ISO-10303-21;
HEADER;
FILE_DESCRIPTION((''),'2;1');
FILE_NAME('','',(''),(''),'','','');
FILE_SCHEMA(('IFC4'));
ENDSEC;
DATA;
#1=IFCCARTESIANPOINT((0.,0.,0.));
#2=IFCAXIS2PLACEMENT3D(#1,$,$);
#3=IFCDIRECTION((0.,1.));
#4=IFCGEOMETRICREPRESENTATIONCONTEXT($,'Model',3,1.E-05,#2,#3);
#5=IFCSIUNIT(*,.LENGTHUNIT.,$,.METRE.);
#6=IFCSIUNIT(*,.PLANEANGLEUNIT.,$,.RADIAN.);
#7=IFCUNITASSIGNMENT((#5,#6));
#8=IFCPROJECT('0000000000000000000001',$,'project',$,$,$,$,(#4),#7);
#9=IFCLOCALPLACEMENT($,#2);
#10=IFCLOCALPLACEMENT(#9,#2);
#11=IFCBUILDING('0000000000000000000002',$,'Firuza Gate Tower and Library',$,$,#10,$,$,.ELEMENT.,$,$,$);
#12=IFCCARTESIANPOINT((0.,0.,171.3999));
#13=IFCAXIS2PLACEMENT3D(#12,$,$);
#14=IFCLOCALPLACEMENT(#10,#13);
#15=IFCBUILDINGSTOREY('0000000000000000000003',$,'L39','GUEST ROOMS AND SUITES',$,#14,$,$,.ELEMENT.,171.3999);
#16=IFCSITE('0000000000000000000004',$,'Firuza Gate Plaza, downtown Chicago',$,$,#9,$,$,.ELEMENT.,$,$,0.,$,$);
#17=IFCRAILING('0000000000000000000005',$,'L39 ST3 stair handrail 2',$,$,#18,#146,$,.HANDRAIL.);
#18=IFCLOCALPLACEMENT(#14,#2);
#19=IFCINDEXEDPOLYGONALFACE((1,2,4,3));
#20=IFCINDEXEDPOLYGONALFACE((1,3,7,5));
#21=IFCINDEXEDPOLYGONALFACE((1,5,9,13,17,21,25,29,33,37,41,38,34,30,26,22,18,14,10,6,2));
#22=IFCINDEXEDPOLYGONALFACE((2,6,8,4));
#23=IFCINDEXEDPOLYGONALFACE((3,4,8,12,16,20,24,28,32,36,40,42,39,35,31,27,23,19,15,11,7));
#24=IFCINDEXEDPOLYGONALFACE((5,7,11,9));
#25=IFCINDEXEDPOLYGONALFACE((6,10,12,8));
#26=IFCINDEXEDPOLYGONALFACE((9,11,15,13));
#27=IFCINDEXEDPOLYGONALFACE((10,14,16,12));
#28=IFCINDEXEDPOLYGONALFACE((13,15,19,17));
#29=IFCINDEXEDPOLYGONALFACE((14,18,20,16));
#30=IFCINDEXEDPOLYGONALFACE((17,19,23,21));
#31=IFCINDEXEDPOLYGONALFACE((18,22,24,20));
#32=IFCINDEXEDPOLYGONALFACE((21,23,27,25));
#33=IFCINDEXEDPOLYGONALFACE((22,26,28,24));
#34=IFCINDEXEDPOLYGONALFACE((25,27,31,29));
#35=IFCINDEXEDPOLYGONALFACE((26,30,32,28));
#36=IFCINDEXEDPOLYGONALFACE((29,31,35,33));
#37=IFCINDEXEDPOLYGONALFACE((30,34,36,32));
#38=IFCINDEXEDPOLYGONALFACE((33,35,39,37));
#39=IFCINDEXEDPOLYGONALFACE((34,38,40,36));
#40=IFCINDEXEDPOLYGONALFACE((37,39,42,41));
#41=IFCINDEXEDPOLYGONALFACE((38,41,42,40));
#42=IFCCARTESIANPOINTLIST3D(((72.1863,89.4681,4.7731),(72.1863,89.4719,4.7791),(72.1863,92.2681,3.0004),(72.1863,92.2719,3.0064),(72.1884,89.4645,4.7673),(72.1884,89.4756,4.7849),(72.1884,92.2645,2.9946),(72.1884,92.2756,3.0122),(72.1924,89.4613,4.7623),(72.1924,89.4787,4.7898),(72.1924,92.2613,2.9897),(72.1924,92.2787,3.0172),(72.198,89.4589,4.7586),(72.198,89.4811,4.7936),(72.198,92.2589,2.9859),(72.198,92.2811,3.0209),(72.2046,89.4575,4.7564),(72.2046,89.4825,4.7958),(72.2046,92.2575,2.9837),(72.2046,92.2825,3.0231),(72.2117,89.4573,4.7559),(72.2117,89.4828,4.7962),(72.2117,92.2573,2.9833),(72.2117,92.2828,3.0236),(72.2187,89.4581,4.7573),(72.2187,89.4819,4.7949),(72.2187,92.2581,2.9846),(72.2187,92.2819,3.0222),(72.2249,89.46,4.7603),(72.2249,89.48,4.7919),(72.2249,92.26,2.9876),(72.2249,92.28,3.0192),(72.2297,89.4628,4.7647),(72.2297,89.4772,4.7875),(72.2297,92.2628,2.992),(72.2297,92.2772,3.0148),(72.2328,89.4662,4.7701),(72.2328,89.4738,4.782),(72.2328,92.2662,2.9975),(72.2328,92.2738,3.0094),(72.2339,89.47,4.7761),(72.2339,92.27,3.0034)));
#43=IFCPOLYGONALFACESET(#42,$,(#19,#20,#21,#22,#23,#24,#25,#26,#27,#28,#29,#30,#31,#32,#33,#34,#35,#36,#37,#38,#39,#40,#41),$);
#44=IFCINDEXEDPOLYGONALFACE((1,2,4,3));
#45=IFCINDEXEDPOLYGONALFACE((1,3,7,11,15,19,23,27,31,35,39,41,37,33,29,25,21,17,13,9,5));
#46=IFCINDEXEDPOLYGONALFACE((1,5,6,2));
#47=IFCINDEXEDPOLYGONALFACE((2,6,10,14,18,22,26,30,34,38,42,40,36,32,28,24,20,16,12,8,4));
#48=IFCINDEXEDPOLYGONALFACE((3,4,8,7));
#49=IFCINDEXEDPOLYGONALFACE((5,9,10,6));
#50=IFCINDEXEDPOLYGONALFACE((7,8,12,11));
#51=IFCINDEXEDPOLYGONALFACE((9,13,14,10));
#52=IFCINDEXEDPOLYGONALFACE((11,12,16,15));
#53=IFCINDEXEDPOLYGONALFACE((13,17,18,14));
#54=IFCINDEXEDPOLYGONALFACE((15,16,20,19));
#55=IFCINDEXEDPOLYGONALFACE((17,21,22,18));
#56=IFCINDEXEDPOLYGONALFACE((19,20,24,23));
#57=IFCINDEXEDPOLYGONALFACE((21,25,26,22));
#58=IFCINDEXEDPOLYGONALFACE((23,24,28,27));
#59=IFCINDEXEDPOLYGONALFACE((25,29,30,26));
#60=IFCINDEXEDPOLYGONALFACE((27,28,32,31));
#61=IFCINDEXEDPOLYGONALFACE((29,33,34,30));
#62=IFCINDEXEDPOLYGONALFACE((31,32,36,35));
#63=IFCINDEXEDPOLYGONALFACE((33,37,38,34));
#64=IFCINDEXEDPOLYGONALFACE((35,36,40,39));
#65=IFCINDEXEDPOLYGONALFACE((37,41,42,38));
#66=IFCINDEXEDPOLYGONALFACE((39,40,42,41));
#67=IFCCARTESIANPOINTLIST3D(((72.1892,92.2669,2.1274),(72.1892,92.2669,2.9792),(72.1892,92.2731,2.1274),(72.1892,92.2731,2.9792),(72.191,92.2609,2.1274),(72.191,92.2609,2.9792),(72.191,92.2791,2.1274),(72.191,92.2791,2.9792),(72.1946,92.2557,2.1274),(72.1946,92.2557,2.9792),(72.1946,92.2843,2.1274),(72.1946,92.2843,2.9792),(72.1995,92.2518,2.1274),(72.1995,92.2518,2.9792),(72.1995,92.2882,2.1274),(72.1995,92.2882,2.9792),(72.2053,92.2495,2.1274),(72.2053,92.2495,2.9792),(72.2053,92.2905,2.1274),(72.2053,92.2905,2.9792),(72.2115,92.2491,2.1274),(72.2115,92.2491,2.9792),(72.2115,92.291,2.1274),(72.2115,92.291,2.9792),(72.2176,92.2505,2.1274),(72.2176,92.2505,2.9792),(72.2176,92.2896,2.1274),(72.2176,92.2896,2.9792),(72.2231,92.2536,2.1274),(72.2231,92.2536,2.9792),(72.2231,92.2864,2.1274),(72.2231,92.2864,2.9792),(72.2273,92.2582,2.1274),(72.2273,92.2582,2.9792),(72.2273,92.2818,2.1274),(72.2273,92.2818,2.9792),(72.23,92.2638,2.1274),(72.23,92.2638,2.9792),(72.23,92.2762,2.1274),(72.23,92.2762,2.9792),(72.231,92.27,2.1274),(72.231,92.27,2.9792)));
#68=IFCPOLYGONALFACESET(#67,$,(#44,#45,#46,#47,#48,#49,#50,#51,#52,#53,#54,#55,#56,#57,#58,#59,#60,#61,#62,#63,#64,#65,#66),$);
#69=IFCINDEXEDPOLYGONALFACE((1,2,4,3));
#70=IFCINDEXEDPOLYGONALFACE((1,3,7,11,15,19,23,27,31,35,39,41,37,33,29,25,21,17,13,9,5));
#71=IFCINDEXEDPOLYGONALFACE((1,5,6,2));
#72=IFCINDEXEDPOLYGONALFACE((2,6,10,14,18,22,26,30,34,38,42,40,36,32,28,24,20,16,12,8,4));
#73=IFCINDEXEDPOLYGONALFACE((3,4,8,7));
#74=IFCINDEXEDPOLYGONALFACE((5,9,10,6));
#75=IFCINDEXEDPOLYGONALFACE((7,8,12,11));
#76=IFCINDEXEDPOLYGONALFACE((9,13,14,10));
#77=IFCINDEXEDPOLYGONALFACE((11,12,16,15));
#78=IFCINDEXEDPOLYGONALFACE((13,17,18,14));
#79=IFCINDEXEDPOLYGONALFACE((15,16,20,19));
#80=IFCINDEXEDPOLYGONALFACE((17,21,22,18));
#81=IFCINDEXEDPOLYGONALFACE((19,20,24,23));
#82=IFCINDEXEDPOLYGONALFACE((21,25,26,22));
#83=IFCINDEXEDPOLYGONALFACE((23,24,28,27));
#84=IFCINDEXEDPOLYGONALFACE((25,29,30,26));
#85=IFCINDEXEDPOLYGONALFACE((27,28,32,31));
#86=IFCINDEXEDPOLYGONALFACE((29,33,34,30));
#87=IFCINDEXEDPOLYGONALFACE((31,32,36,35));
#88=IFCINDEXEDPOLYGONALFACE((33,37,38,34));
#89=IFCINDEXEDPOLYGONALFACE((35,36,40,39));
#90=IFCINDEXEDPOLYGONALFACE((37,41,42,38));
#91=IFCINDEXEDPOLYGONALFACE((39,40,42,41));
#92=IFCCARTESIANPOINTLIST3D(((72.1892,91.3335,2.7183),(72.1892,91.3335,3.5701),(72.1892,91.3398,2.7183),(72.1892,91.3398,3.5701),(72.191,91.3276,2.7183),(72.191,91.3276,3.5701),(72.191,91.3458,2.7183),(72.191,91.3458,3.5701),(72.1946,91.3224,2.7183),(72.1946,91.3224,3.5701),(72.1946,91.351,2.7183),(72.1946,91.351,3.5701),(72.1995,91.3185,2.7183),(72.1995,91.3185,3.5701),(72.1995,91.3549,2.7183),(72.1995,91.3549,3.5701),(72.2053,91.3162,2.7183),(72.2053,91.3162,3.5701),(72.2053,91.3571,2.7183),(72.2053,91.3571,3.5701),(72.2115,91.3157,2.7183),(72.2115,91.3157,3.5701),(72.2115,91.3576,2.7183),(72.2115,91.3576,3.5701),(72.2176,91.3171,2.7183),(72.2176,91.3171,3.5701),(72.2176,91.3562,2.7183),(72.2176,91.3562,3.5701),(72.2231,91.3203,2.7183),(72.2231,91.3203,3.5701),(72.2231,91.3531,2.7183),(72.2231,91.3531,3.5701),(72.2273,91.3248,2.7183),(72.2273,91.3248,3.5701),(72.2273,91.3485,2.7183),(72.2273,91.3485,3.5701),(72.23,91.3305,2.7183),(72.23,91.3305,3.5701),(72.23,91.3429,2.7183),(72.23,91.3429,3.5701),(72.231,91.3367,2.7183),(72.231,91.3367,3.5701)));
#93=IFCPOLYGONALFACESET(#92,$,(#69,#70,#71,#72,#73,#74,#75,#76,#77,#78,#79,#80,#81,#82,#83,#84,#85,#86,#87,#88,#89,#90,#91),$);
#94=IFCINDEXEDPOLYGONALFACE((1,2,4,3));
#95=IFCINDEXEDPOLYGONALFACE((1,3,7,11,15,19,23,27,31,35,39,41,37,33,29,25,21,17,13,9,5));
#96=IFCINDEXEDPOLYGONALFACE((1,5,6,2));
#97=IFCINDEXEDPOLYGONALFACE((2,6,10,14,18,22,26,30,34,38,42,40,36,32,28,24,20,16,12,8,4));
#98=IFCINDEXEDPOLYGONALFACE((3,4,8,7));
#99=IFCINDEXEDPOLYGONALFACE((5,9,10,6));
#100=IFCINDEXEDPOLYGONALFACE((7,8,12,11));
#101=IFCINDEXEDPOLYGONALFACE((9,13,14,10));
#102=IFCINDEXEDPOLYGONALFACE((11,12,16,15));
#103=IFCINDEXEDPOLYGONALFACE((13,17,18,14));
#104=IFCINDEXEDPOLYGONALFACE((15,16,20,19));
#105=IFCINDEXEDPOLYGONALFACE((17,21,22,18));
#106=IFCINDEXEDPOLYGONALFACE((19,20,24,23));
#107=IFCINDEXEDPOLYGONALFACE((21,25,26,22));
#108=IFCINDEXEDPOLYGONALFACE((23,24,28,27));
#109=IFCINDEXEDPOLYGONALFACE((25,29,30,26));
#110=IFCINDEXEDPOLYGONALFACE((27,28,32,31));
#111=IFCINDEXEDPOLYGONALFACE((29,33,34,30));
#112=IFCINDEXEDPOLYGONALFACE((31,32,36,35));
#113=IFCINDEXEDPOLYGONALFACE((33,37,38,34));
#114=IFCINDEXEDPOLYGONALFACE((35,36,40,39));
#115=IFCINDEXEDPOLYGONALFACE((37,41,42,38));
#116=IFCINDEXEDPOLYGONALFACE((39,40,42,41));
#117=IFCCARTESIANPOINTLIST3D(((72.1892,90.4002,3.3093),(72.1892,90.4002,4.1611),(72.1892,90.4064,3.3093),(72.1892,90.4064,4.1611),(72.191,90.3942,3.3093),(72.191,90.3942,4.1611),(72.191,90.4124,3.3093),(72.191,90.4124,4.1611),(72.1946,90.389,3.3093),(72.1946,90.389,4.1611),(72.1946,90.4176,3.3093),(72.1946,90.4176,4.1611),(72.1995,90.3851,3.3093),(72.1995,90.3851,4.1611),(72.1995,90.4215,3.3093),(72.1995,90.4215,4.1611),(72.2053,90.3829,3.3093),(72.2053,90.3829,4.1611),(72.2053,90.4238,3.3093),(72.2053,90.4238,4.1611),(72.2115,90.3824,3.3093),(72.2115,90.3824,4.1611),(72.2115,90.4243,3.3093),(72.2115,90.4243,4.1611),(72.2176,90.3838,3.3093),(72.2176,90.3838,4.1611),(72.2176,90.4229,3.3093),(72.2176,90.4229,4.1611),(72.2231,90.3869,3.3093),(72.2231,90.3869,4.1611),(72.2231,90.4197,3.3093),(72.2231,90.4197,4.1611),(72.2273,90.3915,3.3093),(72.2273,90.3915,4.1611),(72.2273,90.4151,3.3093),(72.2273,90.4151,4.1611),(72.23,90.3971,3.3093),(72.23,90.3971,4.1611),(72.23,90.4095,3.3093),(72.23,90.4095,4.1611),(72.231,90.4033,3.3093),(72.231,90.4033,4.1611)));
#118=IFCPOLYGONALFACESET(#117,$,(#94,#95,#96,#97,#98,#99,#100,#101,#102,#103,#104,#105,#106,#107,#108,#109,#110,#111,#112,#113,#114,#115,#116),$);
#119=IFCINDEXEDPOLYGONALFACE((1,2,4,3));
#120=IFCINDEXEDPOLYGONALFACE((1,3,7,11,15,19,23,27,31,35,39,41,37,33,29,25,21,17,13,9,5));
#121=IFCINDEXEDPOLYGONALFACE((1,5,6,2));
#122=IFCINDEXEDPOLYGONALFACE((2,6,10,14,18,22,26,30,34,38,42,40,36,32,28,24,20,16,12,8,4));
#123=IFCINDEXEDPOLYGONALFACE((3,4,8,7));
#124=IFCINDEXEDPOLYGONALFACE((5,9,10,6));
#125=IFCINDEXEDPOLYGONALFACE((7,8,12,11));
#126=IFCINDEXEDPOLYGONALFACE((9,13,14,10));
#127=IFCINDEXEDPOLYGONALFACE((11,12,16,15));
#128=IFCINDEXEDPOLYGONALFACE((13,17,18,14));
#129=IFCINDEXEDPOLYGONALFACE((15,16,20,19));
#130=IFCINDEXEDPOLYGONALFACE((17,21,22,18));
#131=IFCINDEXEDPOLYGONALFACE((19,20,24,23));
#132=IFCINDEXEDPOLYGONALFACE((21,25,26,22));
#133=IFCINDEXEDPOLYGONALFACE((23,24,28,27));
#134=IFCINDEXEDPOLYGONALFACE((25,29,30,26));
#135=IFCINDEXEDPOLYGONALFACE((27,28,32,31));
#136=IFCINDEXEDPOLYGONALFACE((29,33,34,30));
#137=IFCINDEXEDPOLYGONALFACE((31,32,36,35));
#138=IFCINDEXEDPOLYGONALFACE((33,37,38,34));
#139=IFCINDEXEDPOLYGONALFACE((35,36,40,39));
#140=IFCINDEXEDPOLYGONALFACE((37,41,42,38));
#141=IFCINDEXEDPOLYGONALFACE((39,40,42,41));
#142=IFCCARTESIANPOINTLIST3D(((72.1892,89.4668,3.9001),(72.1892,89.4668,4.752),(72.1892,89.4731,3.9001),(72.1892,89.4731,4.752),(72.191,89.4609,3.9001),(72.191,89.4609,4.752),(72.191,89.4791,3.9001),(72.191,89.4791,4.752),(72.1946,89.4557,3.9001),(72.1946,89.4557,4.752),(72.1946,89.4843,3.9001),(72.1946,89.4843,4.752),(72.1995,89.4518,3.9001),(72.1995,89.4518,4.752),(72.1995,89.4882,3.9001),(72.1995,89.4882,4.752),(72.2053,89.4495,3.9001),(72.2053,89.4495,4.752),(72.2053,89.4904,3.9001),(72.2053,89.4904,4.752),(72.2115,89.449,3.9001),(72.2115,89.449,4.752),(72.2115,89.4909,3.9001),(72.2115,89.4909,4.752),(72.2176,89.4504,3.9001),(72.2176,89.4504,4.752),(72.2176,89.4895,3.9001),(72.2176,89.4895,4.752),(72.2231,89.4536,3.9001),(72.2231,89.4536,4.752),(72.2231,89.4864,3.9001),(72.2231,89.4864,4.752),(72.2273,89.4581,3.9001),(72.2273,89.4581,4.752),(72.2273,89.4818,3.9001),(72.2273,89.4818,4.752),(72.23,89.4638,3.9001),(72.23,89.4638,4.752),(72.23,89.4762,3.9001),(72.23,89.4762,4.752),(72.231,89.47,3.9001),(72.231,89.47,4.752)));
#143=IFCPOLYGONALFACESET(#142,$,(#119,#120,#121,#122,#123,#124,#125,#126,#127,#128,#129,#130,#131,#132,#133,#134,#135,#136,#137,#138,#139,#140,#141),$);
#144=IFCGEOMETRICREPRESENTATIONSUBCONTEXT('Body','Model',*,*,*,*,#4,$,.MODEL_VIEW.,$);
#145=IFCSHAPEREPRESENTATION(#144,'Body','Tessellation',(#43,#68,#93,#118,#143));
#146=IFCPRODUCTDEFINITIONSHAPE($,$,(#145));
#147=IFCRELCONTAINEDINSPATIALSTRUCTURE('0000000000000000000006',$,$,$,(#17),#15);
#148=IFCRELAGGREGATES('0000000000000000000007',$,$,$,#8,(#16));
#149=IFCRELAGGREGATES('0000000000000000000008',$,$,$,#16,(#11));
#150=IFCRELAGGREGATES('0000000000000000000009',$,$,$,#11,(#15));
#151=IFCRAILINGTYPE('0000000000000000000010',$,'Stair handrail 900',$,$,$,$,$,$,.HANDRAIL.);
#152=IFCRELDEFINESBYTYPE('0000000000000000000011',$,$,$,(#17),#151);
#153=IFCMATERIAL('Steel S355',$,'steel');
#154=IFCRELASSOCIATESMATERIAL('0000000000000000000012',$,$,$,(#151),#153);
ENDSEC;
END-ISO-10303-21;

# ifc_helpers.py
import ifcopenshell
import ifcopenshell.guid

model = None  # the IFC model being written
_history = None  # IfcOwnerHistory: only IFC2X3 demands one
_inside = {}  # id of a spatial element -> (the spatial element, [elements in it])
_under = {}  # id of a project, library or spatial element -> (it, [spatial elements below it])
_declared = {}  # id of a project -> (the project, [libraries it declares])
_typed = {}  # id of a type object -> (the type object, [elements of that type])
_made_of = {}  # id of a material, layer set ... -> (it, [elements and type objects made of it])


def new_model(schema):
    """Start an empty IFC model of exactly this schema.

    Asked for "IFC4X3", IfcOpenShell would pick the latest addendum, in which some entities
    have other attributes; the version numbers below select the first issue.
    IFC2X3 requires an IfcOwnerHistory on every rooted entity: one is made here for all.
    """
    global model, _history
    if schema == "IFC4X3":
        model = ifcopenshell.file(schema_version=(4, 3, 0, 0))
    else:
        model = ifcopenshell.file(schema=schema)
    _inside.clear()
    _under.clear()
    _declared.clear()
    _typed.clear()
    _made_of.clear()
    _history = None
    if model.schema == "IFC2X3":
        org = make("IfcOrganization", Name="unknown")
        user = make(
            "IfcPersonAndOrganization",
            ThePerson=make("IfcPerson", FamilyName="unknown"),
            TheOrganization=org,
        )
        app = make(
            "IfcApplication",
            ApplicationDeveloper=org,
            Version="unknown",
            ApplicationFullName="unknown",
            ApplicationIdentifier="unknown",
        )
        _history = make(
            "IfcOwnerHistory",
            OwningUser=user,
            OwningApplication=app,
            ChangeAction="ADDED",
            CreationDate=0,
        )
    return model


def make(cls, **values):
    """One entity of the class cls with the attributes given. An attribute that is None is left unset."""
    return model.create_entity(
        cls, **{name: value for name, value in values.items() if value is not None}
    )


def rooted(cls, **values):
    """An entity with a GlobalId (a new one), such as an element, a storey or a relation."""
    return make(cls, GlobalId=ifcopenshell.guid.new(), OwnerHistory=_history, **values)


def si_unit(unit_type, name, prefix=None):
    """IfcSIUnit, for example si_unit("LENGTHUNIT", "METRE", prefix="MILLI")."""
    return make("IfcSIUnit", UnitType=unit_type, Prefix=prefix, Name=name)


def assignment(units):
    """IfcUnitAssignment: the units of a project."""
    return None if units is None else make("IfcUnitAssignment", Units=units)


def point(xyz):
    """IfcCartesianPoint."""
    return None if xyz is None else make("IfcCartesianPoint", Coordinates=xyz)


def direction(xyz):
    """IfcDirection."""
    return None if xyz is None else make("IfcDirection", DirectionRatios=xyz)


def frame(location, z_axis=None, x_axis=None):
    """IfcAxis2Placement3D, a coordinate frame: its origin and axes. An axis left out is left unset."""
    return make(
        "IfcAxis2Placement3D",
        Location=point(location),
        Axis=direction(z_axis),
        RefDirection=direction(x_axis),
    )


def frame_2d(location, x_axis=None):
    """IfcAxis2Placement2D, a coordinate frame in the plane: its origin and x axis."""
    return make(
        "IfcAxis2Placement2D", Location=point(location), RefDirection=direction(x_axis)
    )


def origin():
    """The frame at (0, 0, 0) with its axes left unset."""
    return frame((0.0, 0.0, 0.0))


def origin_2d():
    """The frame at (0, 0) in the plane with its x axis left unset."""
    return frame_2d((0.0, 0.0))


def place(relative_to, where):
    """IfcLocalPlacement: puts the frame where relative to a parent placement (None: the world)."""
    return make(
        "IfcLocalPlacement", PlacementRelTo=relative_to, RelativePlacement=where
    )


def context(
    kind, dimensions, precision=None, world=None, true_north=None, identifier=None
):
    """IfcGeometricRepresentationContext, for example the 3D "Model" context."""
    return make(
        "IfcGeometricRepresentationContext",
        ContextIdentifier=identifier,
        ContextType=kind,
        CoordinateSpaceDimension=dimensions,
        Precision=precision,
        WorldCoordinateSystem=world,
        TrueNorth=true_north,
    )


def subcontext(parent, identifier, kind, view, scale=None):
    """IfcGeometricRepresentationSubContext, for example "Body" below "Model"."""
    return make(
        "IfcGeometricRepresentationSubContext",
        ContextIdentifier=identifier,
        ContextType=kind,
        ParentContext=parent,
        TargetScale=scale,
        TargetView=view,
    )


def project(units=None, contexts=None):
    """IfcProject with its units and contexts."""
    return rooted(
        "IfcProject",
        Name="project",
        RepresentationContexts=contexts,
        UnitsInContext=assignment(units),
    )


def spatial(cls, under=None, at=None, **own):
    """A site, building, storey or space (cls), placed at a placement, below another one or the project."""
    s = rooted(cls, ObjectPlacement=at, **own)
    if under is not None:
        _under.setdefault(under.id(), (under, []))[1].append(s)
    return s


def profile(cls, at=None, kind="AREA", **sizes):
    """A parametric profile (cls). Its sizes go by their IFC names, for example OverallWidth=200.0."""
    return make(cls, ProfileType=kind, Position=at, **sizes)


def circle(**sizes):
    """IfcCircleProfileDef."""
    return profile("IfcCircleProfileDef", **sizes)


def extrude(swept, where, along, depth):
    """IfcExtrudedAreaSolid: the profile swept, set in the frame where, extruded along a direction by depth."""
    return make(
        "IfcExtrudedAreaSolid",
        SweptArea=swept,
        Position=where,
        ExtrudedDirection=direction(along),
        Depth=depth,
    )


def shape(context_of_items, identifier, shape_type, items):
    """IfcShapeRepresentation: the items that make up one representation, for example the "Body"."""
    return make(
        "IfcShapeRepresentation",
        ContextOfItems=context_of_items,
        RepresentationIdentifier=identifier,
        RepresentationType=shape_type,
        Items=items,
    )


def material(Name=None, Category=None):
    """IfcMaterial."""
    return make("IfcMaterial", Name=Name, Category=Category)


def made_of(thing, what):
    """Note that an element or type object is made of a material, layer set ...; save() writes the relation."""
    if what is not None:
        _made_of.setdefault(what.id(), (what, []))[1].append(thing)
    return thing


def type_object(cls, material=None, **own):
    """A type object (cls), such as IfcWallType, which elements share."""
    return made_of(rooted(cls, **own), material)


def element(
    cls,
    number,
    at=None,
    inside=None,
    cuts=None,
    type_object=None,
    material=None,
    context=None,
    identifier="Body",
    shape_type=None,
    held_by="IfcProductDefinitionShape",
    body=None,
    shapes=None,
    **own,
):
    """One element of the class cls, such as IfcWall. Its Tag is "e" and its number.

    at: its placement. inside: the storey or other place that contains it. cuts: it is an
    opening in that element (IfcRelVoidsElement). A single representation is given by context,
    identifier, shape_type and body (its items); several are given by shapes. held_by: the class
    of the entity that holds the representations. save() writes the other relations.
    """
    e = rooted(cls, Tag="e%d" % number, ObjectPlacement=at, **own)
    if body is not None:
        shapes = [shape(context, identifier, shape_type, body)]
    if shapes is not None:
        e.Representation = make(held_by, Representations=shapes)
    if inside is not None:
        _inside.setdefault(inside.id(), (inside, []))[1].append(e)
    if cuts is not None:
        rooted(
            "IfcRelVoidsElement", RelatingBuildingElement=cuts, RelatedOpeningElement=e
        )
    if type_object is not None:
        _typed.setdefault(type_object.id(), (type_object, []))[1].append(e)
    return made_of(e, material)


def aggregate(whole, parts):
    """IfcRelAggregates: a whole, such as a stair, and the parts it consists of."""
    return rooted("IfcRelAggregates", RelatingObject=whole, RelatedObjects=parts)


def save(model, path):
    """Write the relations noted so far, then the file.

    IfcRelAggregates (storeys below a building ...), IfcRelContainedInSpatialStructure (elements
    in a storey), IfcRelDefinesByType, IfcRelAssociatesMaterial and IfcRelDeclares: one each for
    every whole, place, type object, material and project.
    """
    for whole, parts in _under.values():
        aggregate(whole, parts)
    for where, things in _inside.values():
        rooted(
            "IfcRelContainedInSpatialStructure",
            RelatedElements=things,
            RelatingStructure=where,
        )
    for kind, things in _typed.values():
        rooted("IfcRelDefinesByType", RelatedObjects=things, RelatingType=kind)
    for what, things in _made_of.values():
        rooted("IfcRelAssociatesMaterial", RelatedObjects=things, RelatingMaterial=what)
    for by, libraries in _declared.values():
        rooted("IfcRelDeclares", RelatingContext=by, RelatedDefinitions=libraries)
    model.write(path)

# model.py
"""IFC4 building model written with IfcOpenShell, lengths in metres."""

from ifc_helpers import new_model, si_unit, direction, frame, origin, origin_2d, place, context, subcontext, project, spatial, circle, extrude, material, type_object, element, save


model = new_model("IFC4")

# Units and contexts
model_context = context("Model", 3, precision=1e-05, world=origin(), true_north=direction((0.0, 1.0)))
body_context = subcontext(model_context, "Body", "Model", "MODEL_VIEW")
ifc_project = project(units=[si_unit("LENGTHUNIT", "METRE"), si_unit("PLANEANGLEUNIT", "RADIAN")], contexts=[model_context])

# Site, building, storey
site_placement = place(None, origin())
site = spatial("IfcSite", under=ifc_project, at=site_placement, Name="Firuza Gate Plaza, downtown Chicago", CompositionType="ELEMENT", RefElevation=0.0)
building_placement = place(site_placement, origin())
building = spatial("IfcBuilding", under=site, at=building_placement, Name="Firuza Gate Tower and Library", CompositionType="ELEMENT")
storey_placement = place(building_placement, frame((0.0, 0.0, 171.3999)))
storey = spatial("IfcBuildingStorey", under=building, at=storey_placement, Name="L39", Description="GUEST ROOMS AND SUITES", CompositionType="ELEMENT", Elevation=171.3999)

# Railing
ifc_material_1 = material(Name="Steel S355", Category="steel")
railing_type_1 = type_object("IfcRailingType", Name="Stair handrail 900", PredefinedType="HANDRAIL", material=ifc_material_1)
railing_1_placement = place(storey_placement, frame((72.21, 92.27, 2.1274)))
element("IfcRailing", 1, at=railing_1_placement, inside=storey, type_object=railing_type_1, Name="L39 ST3 stair handrail 2", PredefinedType="HANDRAIL", context=body_context, shape_type="SweptSolid", body=[
    extrude(circle(Radius=0.0239, at=origin_2d()), frame((0.0, 0.0, 0.876), z_axis=(0.0, -0.844909, 0.53491), x_axis=(1.0, 0.0, 0.0)), (0.0, 0.0, 1.0), 3.314),
    extrude(circle(Radius=0.021, at=origin_2d()), origin(), (0.0, 0.0, 1.0), 0.8518),
    extrude(circle(Radius=0.021, at=origin_2d()), frame((0.0, -0.9333, 0.5908)), (0.0, 0.0, 1.0), 0.8518),
    extrude(circle(Radius=0.021, at=origin_2d()), frame((0.0, -1.8667, 1.1819)), (0.0, 0.0, 1.0), 0.8518),
    extrude(circle(Radius=0.021, at=origin_2d()), frame((0.0, -2.8, 1.7727)), (0.0, 0.0, 1.0), 0.8518),
])

save(model, "model.ifc")
